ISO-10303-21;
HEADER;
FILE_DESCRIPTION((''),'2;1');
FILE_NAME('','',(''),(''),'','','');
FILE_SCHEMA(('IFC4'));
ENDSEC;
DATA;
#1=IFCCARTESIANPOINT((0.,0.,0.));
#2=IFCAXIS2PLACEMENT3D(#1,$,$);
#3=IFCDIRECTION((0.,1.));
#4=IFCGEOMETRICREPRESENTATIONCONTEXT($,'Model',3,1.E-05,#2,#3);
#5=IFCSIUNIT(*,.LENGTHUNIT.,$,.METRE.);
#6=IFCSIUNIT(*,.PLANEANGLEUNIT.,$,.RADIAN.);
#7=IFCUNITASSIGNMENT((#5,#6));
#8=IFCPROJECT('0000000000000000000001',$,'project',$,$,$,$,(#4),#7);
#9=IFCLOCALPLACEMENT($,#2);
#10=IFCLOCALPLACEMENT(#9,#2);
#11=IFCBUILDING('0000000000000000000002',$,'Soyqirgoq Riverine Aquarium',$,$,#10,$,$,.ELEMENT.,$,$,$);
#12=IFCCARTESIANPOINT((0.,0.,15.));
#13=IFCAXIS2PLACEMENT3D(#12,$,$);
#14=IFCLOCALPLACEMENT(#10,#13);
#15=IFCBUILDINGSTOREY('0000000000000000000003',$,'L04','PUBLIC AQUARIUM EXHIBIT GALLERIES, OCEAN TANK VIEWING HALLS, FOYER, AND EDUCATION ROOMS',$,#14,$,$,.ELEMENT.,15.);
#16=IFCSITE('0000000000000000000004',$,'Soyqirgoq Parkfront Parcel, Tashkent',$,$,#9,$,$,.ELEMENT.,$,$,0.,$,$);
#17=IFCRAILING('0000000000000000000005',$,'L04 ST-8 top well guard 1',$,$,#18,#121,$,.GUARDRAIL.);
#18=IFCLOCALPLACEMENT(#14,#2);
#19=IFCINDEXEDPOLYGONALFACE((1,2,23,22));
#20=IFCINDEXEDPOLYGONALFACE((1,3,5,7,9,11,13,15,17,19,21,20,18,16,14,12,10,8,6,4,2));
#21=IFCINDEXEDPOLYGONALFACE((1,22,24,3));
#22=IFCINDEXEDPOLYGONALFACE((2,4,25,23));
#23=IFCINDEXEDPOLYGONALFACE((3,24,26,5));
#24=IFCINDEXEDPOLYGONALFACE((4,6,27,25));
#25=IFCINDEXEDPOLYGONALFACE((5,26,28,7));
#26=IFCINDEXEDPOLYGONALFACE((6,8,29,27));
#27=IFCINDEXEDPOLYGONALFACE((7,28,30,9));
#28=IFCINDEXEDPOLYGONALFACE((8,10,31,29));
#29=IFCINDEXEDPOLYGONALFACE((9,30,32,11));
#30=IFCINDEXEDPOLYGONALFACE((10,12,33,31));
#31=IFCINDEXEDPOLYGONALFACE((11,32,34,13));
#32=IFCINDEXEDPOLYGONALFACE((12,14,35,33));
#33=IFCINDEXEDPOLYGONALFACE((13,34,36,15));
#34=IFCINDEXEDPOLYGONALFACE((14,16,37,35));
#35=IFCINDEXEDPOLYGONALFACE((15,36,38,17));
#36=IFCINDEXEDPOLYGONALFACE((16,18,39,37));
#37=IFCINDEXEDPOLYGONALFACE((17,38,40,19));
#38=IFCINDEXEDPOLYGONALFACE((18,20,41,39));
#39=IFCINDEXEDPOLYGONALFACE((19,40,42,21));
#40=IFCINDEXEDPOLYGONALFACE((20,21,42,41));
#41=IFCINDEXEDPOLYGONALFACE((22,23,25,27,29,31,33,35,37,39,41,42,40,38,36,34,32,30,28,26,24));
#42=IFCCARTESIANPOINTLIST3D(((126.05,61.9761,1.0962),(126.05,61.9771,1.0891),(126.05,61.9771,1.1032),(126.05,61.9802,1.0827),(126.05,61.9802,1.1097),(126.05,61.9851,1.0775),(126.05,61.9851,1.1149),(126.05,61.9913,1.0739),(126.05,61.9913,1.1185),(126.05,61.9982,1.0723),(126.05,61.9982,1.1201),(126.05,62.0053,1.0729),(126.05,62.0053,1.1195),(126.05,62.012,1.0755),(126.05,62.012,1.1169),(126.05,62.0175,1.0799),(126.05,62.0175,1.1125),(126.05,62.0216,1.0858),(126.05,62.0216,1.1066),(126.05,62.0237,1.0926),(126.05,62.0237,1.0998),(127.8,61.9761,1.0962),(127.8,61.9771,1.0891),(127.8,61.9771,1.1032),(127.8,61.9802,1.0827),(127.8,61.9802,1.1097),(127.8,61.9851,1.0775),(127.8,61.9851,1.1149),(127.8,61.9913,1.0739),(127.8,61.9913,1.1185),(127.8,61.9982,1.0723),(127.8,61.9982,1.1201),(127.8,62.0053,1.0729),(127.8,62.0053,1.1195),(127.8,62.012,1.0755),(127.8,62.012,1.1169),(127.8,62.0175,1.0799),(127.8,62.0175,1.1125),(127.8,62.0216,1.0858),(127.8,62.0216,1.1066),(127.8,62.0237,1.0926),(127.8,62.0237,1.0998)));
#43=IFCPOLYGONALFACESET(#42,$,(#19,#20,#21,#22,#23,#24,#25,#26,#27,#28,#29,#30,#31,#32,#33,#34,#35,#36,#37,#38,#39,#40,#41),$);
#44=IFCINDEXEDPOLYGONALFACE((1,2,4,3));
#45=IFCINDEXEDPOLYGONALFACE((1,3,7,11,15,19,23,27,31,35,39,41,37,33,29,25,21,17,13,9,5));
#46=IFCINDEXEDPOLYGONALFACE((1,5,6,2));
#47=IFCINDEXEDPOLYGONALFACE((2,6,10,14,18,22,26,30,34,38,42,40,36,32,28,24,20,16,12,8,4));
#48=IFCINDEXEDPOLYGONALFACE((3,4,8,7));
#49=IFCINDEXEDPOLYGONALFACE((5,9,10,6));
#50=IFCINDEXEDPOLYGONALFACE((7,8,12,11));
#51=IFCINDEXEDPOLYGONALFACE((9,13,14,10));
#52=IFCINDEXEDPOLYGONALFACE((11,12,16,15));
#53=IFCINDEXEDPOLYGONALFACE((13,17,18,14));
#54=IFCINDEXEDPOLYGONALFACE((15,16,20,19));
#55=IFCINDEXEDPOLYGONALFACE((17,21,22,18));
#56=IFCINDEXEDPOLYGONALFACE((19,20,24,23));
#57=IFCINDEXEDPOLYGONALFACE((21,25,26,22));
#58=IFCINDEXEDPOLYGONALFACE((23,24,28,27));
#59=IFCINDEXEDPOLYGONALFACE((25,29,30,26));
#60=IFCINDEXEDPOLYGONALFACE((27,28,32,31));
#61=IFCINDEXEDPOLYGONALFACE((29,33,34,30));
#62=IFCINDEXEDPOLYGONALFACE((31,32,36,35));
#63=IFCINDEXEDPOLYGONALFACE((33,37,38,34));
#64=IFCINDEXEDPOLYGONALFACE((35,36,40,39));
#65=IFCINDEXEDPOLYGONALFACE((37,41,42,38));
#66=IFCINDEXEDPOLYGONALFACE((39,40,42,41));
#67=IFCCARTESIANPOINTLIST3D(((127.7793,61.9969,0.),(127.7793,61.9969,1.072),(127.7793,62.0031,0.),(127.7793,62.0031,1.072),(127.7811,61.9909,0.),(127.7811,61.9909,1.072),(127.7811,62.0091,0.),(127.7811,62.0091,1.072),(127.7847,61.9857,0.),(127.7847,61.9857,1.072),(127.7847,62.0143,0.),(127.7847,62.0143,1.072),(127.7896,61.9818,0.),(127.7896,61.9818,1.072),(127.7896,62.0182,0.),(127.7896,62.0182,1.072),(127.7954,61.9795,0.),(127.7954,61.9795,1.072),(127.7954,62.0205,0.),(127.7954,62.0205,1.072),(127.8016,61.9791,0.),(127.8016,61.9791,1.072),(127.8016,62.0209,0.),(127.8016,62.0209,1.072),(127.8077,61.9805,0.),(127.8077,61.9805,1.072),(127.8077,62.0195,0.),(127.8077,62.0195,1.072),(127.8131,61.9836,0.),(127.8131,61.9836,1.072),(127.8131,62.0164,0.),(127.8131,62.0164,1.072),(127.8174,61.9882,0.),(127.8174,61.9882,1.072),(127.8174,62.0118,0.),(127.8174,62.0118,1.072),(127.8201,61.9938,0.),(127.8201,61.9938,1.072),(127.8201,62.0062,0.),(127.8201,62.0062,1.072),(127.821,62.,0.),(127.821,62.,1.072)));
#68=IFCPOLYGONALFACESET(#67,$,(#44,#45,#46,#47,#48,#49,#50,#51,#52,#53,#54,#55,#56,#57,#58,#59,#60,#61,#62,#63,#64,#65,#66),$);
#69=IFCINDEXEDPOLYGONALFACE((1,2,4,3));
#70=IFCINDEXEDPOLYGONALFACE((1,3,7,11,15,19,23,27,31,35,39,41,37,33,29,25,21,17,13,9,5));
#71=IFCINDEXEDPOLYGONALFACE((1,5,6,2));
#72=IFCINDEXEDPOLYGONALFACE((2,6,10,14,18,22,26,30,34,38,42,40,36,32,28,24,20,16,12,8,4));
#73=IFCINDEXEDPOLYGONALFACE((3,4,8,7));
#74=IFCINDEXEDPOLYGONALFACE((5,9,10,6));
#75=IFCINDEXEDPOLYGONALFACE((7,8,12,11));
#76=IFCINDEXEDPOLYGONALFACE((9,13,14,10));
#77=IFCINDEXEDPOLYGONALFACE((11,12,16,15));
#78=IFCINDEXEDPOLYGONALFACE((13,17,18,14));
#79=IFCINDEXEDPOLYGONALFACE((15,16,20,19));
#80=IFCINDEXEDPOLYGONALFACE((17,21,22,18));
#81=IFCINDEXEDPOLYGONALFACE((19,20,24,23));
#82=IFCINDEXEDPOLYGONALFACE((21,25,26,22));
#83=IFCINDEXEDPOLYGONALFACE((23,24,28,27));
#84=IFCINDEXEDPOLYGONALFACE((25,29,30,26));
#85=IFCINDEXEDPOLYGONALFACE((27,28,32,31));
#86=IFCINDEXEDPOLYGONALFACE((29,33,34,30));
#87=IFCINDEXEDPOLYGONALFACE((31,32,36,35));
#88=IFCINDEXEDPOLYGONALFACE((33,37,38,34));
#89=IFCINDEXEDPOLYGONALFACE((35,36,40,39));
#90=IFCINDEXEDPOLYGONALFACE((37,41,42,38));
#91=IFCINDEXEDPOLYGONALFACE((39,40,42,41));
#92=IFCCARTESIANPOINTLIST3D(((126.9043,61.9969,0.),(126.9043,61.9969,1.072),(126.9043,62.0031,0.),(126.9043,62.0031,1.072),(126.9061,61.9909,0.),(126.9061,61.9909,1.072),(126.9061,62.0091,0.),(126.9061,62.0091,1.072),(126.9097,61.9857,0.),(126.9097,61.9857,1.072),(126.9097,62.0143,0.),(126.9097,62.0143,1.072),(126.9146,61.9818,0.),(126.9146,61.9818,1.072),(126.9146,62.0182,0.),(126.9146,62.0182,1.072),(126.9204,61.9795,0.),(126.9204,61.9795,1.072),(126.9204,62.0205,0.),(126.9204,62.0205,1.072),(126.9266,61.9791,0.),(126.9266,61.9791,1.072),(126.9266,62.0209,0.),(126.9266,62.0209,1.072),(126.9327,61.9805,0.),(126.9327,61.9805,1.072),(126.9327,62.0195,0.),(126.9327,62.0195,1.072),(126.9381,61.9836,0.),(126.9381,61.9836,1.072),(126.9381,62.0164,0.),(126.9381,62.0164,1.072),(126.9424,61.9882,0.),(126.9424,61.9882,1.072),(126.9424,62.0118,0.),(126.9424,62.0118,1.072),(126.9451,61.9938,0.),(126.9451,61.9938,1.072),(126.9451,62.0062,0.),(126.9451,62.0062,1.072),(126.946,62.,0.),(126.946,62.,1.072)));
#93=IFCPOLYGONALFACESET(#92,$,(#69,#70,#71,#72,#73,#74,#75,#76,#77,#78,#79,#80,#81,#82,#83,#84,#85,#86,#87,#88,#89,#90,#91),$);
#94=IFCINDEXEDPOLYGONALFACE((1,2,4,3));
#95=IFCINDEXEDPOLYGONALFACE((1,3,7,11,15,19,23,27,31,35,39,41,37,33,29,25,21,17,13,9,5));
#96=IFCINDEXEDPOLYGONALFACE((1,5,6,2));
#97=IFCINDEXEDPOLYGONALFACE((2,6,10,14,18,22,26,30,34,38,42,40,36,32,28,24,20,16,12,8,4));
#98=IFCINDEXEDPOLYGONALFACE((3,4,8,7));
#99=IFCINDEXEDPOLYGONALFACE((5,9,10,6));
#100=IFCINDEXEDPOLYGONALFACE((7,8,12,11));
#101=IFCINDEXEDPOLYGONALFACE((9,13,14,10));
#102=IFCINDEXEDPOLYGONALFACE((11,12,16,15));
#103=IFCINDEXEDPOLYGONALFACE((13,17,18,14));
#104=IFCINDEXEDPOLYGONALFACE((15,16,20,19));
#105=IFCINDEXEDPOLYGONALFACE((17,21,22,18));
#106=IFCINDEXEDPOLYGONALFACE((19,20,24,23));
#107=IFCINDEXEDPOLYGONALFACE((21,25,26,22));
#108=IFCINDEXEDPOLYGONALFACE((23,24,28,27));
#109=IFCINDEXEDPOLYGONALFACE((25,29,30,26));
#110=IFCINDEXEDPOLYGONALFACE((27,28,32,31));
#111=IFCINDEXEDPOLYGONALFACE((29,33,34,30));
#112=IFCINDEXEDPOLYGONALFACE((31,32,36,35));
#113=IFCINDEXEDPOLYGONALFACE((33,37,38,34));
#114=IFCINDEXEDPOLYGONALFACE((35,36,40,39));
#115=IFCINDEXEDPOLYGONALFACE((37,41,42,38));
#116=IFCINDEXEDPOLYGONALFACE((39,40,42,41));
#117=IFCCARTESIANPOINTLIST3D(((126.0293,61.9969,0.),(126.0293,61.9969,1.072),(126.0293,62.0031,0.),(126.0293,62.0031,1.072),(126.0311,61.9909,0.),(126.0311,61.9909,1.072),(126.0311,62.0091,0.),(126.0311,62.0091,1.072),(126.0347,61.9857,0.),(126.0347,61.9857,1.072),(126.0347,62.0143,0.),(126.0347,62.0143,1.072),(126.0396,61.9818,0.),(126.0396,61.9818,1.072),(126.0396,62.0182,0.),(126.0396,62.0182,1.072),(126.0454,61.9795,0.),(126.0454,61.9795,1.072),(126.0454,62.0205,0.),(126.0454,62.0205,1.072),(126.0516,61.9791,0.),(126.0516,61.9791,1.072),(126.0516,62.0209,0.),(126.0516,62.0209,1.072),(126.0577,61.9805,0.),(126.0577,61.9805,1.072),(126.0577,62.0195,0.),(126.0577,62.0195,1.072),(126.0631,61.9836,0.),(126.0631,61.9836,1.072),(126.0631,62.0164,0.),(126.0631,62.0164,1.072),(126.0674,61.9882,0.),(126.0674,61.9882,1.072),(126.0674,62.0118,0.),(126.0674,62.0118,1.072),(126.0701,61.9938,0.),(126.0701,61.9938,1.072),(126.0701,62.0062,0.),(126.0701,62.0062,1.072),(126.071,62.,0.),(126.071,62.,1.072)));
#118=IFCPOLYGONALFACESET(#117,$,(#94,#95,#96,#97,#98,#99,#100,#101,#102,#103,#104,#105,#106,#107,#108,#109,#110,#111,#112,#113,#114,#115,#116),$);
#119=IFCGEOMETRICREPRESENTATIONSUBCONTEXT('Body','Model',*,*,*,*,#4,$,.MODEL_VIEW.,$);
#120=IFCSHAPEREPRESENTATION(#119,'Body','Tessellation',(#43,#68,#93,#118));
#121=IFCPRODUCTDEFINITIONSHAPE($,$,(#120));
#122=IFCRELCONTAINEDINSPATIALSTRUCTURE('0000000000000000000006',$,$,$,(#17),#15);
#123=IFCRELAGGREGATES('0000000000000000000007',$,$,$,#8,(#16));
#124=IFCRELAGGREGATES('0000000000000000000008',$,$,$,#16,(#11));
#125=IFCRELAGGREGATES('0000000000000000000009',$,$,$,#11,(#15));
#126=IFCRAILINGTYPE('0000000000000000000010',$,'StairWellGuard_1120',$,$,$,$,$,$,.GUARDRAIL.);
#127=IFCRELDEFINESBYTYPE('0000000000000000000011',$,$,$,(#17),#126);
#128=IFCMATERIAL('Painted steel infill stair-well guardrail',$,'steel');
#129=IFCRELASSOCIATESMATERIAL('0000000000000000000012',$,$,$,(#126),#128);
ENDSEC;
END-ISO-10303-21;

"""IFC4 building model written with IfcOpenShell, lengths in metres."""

from ifc_helpers import new_model, si_unit, direction, frame, origin, origin_2d, place, context, subcontext, project, spatial, circle, extrude, material, type_object, element, save


model = new_model("IFC4")

# Units and contexts
model_context = context("Model", 3, precision=1e-05, world=origin(), true_north=direction((0.0, 1.0)))
body_context = subcontext(model_context, "Body", "Model", "MODEL_VIEW")
ifc_project = project(units=[si_unit("LENGTHUNIT", "METRE"), si_unit("PLANEANGLEUNIT", "RADIAN")], contexts=[model_context])

# Site, building, storey
site_placement = place(None, origin())
site = spatial("IfcSite", under=ifc_project, at=site_placement, Name="Soyqirgoq Parkfront Parcel, Tashkent", CompositionType="ELEMENT", RefElevation=0.0)
building_placement = place(site_placement, origin())
building = spatial("IfcBuilding", under=site, at=building_placement, Name="Soyqirgoq Riverine Aquarium", CompositionType="ELEMENT")
storey_placement = place(building_placement, frame((0.0, 0.0, 15.0)))
storey = spatial("IfcBuildingStorey", under=building, at=storey_placement, Name="L04", Description="PUBLIC AQUARIUM EXHIBIT GALLERIES, OCEAN TANK VIEWING HALLS, FOYER, AND EDUCATION ROOMS", CompositionType="ELEMENT", Elevation=15.0)

# Railing
ifc_material_1 = material(Name="Painted steel infill stair-well guardrail", Category="steel")
railing_type = type_object("IfcRailingType", Name="StairWellGuard_1120", PredefinedType="GUARDRAIL", material=ifc_material_1)
railing_placement = place(storey_placement, frame((127.8, 62.0, 0.0)))
element("IfcRailing", 1, at=railing_placement, inside=storey, type_object=railing_type, Name="L04 ST-8 top well guard 1", PredefinedType="GUARDRAIL", context=body_context, shape_type="SweptSolid", body=[
    extrude(circle(Radius=0.0239, at=origin_2d()), frame((0.0, 0.0, 1.0962), z_axis=(-1.0, 0.0, 0.0), x_axis=(0.0, -1.0, 0.0)), (0.0, 0.0, 1.0), 1.75),
    extrude(circle(Radius=0.021, at=origin_2d()), origin(), (0.0, 0.0, 1.0), 1.072),
    extrude(circle(Radius=0.021, at=origin_2d()), frame((-0.875, 0.0, 0.0)), (0.0, 0.0, 1.0), 1.072),
    extrude(circle(Radius=0.021, at=origin_2d()), frame((-1.75, 0.0, 0.0)), (0.0, 0.0, 1.0), 1.072),
])

save(model, "model.ifc")
